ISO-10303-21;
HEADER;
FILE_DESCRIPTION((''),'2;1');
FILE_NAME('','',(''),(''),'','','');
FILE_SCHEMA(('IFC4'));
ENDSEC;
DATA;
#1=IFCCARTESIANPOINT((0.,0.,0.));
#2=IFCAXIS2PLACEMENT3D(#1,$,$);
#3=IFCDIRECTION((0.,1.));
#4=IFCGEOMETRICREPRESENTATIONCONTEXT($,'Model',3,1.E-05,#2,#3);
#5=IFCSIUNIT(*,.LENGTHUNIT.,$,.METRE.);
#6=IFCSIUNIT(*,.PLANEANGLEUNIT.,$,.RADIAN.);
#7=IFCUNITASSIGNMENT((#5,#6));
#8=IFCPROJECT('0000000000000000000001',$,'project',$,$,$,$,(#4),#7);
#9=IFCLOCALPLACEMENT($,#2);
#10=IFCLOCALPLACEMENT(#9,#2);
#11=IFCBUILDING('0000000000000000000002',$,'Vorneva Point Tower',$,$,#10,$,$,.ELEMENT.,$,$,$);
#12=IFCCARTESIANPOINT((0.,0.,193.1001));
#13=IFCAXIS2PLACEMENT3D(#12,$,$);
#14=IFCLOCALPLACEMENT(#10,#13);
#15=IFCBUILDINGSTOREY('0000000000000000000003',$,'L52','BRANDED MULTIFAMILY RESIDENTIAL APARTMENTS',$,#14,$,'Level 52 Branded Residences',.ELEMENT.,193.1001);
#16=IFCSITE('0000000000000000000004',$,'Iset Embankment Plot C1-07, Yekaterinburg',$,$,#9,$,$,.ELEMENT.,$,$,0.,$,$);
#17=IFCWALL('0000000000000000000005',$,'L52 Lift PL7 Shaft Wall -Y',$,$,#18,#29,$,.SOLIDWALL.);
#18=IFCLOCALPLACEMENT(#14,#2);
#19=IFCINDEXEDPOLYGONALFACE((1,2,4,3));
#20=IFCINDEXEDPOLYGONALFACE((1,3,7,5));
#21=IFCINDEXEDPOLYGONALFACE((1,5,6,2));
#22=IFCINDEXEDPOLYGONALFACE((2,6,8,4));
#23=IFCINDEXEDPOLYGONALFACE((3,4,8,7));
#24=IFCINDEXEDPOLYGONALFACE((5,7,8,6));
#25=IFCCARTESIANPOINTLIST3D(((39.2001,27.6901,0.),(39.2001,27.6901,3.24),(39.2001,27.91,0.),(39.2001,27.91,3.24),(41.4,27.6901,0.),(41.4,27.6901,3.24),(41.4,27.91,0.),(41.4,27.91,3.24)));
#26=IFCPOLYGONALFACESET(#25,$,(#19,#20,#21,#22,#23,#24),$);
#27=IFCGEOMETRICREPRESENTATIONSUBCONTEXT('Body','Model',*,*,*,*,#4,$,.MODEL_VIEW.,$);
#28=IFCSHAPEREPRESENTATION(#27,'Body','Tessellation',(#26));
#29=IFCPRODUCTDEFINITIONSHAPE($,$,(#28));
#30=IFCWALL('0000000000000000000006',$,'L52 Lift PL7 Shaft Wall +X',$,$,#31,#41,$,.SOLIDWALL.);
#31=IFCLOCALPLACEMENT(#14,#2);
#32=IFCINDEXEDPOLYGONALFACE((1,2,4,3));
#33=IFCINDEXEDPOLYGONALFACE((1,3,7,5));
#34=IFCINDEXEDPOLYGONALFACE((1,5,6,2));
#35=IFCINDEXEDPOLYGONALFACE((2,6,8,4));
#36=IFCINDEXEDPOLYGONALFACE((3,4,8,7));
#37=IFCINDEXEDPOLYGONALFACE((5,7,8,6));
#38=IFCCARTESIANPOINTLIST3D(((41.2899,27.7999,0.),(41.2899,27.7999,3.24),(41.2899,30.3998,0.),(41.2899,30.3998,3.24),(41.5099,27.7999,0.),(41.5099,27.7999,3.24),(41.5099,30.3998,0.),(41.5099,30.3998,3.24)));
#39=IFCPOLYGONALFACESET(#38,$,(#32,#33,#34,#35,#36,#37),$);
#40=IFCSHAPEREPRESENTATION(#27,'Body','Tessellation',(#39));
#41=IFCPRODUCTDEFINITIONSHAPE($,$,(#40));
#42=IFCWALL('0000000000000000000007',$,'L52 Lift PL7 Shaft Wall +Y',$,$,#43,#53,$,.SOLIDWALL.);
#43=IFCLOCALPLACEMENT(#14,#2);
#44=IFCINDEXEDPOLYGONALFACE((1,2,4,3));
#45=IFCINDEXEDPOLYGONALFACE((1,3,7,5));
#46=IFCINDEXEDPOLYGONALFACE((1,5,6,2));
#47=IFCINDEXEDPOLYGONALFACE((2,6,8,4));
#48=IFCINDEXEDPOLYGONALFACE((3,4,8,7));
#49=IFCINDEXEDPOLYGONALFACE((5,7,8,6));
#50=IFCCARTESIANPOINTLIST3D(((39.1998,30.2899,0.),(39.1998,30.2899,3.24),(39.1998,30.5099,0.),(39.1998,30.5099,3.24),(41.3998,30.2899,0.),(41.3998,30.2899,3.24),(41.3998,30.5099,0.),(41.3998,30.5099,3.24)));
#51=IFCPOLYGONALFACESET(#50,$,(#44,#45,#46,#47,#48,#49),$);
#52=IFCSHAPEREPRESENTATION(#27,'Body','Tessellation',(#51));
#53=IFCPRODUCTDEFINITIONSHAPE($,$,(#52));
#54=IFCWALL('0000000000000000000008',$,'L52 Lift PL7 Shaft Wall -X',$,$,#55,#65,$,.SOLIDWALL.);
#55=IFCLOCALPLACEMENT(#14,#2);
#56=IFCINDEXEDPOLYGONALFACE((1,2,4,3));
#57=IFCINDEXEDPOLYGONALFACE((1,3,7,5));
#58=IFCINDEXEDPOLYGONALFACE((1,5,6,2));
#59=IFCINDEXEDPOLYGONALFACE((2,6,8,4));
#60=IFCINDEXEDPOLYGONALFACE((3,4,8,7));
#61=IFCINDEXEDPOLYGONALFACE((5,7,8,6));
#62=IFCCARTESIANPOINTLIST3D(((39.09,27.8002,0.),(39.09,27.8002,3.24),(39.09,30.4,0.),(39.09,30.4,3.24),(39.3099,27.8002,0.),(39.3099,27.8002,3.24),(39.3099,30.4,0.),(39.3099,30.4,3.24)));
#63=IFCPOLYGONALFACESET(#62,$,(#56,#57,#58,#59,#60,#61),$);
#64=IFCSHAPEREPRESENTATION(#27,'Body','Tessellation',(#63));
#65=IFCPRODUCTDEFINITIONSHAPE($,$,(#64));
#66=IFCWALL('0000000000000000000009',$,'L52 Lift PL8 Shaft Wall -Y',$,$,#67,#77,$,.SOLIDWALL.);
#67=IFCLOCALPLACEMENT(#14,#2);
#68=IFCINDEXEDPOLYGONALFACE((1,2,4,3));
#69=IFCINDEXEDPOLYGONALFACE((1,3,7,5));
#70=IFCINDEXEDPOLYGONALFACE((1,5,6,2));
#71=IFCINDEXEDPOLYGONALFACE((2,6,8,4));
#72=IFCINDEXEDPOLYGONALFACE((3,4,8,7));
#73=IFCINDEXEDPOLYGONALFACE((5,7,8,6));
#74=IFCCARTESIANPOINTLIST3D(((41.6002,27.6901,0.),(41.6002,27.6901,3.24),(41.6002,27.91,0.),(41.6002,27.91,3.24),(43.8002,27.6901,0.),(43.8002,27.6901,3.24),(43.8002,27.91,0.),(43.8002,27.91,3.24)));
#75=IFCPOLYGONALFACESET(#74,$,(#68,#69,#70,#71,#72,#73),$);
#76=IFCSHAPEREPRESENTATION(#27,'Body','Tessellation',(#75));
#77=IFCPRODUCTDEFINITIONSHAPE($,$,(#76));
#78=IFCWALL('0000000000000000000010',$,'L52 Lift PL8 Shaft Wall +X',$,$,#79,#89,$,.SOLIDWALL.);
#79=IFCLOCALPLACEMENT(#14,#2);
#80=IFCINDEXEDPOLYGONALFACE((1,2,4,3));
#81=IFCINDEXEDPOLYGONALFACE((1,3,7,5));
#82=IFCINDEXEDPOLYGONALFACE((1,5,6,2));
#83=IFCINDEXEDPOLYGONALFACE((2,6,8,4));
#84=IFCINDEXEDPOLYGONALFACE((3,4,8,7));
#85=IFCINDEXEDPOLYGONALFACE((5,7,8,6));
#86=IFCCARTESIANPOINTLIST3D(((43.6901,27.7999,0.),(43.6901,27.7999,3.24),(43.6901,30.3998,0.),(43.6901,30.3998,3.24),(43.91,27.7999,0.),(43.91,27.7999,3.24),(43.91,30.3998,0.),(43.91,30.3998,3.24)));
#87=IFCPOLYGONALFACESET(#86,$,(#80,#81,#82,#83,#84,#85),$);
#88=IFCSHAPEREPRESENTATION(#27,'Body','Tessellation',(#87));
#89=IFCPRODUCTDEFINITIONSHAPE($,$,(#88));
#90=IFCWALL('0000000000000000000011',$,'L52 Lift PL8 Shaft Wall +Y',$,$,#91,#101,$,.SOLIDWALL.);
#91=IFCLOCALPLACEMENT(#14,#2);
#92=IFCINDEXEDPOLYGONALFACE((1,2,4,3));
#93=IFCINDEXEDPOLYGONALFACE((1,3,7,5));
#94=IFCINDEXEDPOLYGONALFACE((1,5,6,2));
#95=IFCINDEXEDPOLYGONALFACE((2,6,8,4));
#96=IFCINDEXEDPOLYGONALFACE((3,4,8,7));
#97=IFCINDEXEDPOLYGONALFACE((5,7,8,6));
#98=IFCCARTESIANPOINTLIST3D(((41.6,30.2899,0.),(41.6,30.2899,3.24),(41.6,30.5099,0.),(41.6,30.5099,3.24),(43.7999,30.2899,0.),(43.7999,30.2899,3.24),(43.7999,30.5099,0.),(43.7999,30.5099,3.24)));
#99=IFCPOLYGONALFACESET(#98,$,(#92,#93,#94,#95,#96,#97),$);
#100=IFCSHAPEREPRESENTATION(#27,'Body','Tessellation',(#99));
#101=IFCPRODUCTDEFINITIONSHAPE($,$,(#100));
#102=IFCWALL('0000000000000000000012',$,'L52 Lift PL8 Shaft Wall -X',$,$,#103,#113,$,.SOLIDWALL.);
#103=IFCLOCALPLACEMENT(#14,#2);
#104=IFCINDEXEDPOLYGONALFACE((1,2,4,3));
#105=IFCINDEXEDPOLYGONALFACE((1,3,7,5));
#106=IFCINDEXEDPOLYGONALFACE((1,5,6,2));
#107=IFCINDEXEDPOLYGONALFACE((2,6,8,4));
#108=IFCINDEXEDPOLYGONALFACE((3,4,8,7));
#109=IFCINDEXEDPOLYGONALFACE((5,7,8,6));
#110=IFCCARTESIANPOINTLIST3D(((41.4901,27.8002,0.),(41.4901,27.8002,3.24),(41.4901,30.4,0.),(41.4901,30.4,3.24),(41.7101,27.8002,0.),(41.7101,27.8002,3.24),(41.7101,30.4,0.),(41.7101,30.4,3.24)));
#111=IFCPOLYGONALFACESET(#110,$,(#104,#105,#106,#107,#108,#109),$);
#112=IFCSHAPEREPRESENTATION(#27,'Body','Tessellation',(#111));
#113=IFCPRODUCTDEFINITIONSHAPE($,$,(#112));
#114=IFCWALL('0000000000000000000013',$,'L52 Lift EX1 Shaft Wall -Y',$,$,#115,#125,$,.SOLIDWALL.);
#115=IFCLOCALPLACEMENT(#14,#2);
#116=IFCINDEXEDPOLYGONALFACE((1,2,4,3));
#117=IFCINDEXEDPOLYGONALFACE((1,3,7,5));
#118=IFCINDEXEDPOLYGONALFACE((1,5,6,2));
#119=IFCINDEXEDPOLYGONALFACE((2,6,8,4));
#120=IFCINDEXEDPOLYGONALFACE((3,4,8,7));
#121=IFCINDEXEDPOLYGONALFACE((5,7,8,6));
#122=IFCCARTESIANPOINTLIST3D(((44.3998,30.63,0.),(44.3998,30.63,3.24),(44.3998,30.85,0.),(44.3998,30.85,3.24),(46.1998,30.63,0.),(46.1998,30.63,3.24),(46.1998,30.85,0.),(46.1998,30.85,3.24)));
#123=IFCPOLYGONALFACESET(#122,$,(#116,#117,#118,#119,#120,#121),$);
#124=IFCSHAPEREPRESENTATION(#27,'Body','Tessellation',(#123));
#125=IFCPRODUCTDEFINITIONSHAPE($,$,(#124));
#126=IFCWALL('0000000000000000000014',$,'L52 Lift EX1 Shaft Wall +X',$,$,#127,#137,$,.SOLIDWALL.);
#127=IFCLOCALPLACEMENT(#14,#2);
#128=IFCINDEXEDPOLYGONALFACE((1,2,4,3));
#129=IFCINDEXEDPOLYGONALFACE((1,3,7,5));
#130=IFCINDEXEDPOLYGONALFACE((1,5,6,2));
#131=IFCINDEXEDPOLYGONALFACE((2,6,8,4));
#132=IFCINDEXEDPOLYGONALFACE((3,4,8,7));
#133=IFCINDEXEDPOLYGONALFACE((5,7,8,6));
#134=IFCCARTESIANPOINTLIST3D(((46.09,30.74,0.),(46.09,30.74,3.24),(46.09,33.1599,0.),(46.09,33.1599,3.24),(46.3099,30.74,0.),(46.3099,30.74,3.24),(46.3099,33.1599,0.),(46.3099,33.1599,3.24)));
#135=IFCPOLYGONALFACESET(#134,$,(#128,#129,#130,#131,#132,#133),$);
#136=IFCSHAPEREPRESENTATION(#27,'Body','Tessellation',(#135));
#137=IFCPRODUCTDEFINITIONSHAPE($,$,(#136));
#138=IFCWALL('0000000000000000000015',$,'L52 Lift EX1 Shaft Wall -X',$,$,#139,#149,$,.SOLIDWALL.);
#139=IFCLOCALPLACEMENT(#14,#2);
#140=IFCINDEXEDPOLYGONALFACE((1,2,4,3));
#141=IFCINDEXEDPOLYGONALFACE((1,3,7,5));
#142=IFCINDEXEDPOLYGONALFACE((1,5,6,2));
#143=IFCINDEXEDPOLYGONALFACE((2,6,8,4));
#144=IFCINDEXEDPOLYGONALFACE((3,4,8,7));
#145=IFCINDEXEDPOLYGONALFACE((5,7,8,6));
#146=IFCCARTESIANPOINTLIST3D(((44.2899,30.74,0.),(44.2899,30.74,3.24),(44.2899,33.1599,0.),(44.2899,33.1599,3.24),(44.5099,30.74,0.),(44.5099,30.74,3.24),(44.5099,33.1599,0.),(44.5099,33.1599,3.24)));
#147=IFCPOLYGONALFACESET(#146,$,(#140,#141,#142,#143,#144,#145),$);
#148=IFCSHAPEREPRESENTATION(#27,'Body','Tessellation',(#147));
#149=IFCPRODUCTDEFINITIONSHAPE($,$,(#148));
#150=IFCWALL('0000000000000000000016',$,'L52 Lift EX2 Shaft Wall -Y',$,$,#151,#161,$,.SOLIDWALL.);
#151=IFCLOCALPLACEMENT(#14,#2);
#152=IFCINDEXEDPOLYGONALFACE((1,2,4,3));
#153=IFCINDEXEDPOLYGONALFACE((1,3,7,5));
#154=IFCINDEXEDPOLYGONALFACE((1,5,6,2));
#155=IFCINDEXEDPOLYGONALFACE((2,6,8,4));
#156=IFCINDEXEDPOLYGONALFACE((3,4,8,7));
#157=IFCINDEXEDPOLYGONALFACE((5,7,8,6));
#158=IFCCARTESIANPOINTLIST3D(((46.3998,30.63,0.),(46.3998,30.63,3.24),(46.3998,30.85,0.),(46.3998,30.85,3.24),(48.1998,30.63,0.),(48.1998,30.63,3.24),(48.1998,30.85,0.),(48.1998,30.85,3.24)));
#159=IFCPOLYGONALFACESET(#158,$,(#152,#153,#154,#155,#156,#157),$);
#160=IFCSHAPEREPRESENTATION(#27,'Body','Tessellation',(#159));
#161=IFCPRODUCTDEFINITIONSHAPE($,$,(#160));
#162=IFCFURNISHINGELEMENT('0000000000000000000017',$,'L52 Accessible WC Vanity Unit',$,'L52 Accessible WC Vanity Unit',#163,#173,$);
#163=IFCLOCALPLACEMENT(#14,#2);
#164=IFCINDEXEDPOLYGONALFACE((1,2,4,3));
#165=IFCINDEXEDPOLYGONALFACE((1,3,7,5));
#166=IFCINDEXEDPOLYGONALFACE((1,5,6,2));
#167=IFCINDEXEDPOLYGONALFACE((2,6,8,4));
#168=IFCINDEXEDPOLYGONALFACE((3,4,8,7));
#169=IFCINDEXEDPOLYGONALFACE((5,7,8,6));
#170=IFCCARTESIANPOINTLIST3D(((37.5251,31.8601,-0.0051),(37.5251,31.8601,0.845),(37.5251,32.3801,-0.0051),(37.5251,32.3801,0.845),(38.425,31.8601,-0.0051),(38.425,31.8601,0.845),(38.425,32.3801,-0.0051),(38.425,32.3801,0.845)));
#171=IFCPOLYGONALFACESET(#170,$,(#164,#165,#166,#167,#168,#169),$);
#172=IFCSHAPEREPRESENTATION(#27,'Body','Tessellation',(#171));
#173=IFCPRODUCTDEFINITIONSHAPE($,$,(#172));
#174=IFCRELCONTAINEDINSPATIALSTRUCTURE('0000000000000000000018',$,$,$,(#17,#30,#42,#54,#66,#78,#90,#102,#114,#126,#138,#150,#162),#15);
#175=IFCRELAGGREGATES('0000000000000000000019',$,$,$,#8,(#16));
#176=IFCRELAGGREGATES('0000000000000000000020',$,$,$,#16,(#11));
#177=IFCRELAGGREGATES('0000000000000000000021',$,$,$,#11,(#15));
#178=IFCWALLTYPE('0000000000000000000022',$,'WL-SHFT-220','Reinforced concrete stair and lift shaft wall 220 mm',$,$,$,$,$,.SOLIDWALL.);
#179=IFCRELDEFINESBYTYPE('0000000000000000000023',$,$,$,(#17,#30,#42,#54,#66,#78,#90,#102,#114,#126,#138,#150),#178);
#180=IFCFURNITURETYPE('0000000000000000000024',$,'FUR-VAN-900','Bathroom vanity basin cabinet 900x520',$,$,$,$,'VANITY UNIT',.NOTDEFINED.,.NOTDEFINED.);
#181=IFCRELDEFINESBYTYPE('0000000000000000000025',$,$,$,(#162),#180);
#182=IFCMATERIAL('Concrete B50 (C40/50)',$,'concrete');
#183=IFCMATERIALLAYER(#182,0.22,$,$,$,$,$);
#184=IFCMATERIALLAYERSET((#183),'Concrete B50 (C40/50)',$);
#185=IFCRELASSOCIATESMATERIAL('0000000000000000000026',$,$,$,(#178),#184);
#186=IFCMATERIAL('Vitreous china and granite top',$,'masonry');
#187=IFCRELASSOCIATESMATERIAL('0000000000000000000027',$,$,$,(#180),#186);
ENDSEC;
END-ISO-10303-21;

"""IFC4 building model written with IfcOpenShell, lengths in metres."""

from ifc_helpers import new_model, si_unit, direction, frame, frame_2d, origin, origin_2d, place, context, subcontext, project, spatial, rectangle, extrude, material, layer, layer_set, type_object, element, save


model = new_model("IFC4")

# Units and contexts
model_context = context("Model", 3, precision=1e-05, world=origin(), true_north=direction((0.0, 1.0)))
body_context = subcontext(model_context, "Body", "Model", "MODEL_VIEW")
ifc_project = project(units=[si_unit("LENGTHUNIT", "METRE"), si_unit("PLANEANGLEUNIT", "RADIAN")], contexts=[model_context])

# Site, building, storey
site_placement = place(None, origin())
site = spatial("IfcSite", under=ifc_project, at=site_placement, Name="Iset Embankment Plot C1-07, Yekaterinburg", CompositionType="ELEMENT", RefElevation=0.0)
building_placement = place(site_placement, origin())
building = spatial("IfcBuilding", under=site, at=building_placement, Name="Vorneva Point Tower", CompositionType="ELEMENT")
storey_placement = place(building_placement, frame((0.0, 0.0, 193.1001)))
storey = spatial("IfcBuildingStorey", under=building, at=storey_placement, Name="L52", Description="BRANDED MULTIFAMILY RESIDENTIAL APARTMENTS", LongName="Level 52 Branded Residences", CompositionType="ELEMENT", Elevation=193.1001)

# Shared definitions
ifc_material_1 = material(Name="Concrete B50 (C40/50)", Category="concrete")

# Walls
ifc_layer_1 = layer(ifc_material_1, 0.22)
ifc_layer_set_1 = layer_set([ifc_layer_1], Name="Concrete B50 (C40/50)")
wall_type_1 = type_object("IfcWallType", Name="WL-SHFT-220", Description="Reinforced concrete stair and lift shaft wall 220 mm", PredefinedType="SOLIDWALL", material=ifc_layer_set_1)
wall_1_placement = place(storey_placement, frame((39.2, 27.8, 0.0), z_axis=(0.0, 0.0, 1.0), x_axis=(1.0, 0.0, 0.0)))
element("IfcWall", 1, at=wall_1_placement, inside=storey, type_object=wall_type_1, Name="L52 Lift PL7 Shaft Wall -Y", PredefinedType="SOLIDWALL", context=body_context, shape_type="SweptSolid", body=[
    extrude(rectangle(XDim=2.2, YDim=0.22, at=frame_2d((1.1001, 0.0))), origin(), (0.0, 0.0, 1.0), 3.24),
])
wall_2_placement = place(storey_placement, frame((41.3999, 27.8, 0.0), z_axis=(0.0, 0.0, 1.0), x_axis=(0.0, 1.0, 0.0)))
element("IfcWall", 2, at=wall_2_placement, inside=storey, type_object=wall_type_1, Name="L52 Lift PL7 Shaft Wall +X", PredefinedType="SOLIDWALL", context=body_context, shape_type="SweptSolid", body=[
    extrude(rectangle(XDim=2.5999, YDim=0.22, at=frame_2d((1.2998, 0.0))), origin(), (0.0, 0.0, 1.0), 3.24),
])
wall_3_placement = place(storey_placement, frame((41.3999, 30.3999, 0.0), z_axis=(0.0, 0.0, 1.0), x_axis=(-1.0, 0.0, 0.0)))
element("IfcWall", 3, at=wall_3_placement, inside=storey, type_object=wall_type_1, Name="L52 Lift PL7 Shaft Wall +Y", PredefinedType="SOLIDWALL", context=body_context, shape_type="SweptSolid", body=[
    extrude(rectangle(XDim=2.2, YDim=0.22, at=frame_2d((1.1001, 0.0))), origin(), (0.0, 0.0, 1.0), 3.24),
])
wall_4_placement = place(storey_placement, frame((39.2, 30.3999, 0.0), z_axis=(0.0, 0.0, 1.0), x_axis=(0.0, -1.0, 0.0)))
element("IfcWall", 4, at=wall_4_placement, inside=storey, type_object=wall_type_1, Name="L52 Lift PL7 Shaft Wall -X", PredefinedType="SOLIDWALL", context=body_context, shape_type="SweptSolid", body=[
    extrude(rectangle(XDim=2.5999, YDim=0.22, at=frame_2d((1.2998, 0.0))), origin(), (0.0, 0.0, 1.0), 3.24),
])
wall_5_placement = place(storey_placement, frame((41.6001, 27.8, 0.0), z_axis=(0.0, 0.0, 1.0), x_axis=(1.0, 0.0, 0.0)))
element("IfcWall", 5, at=wall_5_placement, inside=storey, type_object=wall_type_1, Name="L52 Lift PL8 Shaft Wall -Y", PredefinedType="SOLIDWALL", context=body_context, shape_type="SweptSolid", body=[
    extrude(rectangle(XDim=2.2, YDim=0.22, at=frame_2d((1.1001, 0.0))), origin(), (0.0, 0.0, 1.0), 3.24),
])
wall_6_placement = place(storey_placement, frame((43.8, 27.8, 0.0), z_axis=(0.0, 0.0, 1.0), x_axis=(0.0, 1.0, 0.0)))
element("IfcWall", 6, at=wall_6_placement, inside=storey, type_object=wall_type_1, Name="L52 Lift PL8 Shaft Wall +X", PredefinedType="SOLIDWALL", context=body_context, shape_type="SweptSolid", body=[
    extrude(rectangle(XDim=2.5999, YDim=0.22, at=frame_2d((1.2998, 0.0))), origin(), (0.0, 0.0, 1.0), 3.24),
])
wall_7_placement = place(storey_placement, frame((43.8, 30.3999, 0.0), z_axis=(0.0, 0.0, 1.0), x_axis=(-1.0, 0.0, 0.0)))
element("IfcWall", 7, at=wall_7_placement, inside=storey, type_object=wall_type_1, Name="L52 Lift PL8 Shaft Wall +Y", PredefinedType="SOLIDWALL", context=body_context, shape_type="SweptSolid", body=[
    extrude(rectangle(XDim=2.2, YDim=0.22, at=frame_2d((1.1001, 0.0))), origin(), (0.0, 0.0, 1.0), 3.24),
])
wall_8_placement = place(storey_placement, frame((41.6001, 30.3999, 0.0), z_axis=(0.0, 0.0, 1.0), x_axis=(0.0, -1.0, 0.0)))
element("IfcWall", 8, at=wall_8_placement, inside=storey, type_object=wall_type_1, Name="L52 Lift PL8 Shaft Wall -X", PredefinedType="SOLIDWALL", context=body_context, shape_type="SweptSolid", body=[
    extrude(rectangle(XDim=2.5999, YDim=0.22, at=frame_2d((1.2998, 0.0))), origin(), (0.0, 0.0, 1.0), 3.24),
])
wall_9_placement = place(storey_placement, frame((44.3999, 30.74, 0.0), z_axis=(0.0, 0.0, 1.0), x_axis=(1.0, 0.0, 0.0)))
element("IfcWall", 9, at=wall_9_placement, inside=storey, type_object=wall_type_1, Name="L52 Lift EX1 Shaft Wall -Y", PredefinedType="SOLIDWALL", context=body_context, shape_type="SweptSolid", body=[
    extrude(rectangle(XDim=1.8, YDim=0.22, at=frame_2d((0.8999, 0.0))), origin(), (0.0, 0.0, 1.0), 3.24),
])
for number, where, z_axis, x_axis, name in (
    (10, (46.2, 30.74, 0.0), (0.0, 0.0, 1.0), (0.0, 1.0, 0.0), "L52 Lift EX1 Shaft Wall +X"),
    (11, (44.3999, 33.1599, 0.0), (0.0, 0.0, 1.0), (0.0, -1.0, 0.0), "L52 Lift EX1 Shaft Wall -X"),
):
    element("IfcWall", number, at=place(storey_placement, frame(where, z_axis=z_axis, x_axis=x_axis)), inside=storey, type_object=wall_type_1, Name=name, PredefinedType="SOLIDWALL", context=body_context, shape_type="SweptSolid", body=[
        extrude(rectangle(XDim=2.4199, YDim=0.22, at=frame_2d((1.21, 0.0))), origin(), (0.0, 0.0, 1.0), 3.24),
    ])
wall_10_placement = place(storey_placement, frame((46.3999, 30.74, 0.0), z_axis=(0.0, 0.0, 1.0), x_axis=(1.0, 0.0, 0.0)))
element("IfcWall", 12, at=wall_10_placement, inside=storey, type_object=wall_type_1, Name="L52 Lift EX2 Shaft Wall -Y", PredefinedType="SOLIDWALL", context=body_context, shape_type="SweptSolid", body=[
    extrude(rectangle(XDim=1.8, YDim=0.22, at=frame_2d((0.8999, 0.0))), origin(), (0.0, 0.0, 1.0), 3.24),
])

# Furnishing element
ifc_material_2 = material(Name="Vitreous china and granite top", Category="masonry")
furniture_type = type_object("IfcFurnitureType", Name="FUR-VAN-900", Description="Bathroom vanity basin cabinet 900x520", ElementType="VANITY UNIT", AssemblyPlace="NOTDEFINED", PredefinedType="NOTDEFINED", material=ifc_material_2)
furnishing_placement = place(storey_placement, frame((37.9751, 32.1201, -0.0051), z_axis=(0.0, 0.0, 1.0), x_axis=(1.0, 0.0, 0.0)))
element("IfcFurnishingElement", 13, at=furnishing_placement, inside=storey, type_object=furniture_type, Name="L52 Accessible WC Vanity Unit", ObjectType="L52 Accessible WC Vanity Unit", context=body_context, shape_type="SweptSolid", body=[
    extrude(rectangle(XDim=0.8999, YDim=0.52, at=origin_2d()), origin(), (0.0, 0.0, 1.0), 0.8501),
])

save(model, "model.ifc")
